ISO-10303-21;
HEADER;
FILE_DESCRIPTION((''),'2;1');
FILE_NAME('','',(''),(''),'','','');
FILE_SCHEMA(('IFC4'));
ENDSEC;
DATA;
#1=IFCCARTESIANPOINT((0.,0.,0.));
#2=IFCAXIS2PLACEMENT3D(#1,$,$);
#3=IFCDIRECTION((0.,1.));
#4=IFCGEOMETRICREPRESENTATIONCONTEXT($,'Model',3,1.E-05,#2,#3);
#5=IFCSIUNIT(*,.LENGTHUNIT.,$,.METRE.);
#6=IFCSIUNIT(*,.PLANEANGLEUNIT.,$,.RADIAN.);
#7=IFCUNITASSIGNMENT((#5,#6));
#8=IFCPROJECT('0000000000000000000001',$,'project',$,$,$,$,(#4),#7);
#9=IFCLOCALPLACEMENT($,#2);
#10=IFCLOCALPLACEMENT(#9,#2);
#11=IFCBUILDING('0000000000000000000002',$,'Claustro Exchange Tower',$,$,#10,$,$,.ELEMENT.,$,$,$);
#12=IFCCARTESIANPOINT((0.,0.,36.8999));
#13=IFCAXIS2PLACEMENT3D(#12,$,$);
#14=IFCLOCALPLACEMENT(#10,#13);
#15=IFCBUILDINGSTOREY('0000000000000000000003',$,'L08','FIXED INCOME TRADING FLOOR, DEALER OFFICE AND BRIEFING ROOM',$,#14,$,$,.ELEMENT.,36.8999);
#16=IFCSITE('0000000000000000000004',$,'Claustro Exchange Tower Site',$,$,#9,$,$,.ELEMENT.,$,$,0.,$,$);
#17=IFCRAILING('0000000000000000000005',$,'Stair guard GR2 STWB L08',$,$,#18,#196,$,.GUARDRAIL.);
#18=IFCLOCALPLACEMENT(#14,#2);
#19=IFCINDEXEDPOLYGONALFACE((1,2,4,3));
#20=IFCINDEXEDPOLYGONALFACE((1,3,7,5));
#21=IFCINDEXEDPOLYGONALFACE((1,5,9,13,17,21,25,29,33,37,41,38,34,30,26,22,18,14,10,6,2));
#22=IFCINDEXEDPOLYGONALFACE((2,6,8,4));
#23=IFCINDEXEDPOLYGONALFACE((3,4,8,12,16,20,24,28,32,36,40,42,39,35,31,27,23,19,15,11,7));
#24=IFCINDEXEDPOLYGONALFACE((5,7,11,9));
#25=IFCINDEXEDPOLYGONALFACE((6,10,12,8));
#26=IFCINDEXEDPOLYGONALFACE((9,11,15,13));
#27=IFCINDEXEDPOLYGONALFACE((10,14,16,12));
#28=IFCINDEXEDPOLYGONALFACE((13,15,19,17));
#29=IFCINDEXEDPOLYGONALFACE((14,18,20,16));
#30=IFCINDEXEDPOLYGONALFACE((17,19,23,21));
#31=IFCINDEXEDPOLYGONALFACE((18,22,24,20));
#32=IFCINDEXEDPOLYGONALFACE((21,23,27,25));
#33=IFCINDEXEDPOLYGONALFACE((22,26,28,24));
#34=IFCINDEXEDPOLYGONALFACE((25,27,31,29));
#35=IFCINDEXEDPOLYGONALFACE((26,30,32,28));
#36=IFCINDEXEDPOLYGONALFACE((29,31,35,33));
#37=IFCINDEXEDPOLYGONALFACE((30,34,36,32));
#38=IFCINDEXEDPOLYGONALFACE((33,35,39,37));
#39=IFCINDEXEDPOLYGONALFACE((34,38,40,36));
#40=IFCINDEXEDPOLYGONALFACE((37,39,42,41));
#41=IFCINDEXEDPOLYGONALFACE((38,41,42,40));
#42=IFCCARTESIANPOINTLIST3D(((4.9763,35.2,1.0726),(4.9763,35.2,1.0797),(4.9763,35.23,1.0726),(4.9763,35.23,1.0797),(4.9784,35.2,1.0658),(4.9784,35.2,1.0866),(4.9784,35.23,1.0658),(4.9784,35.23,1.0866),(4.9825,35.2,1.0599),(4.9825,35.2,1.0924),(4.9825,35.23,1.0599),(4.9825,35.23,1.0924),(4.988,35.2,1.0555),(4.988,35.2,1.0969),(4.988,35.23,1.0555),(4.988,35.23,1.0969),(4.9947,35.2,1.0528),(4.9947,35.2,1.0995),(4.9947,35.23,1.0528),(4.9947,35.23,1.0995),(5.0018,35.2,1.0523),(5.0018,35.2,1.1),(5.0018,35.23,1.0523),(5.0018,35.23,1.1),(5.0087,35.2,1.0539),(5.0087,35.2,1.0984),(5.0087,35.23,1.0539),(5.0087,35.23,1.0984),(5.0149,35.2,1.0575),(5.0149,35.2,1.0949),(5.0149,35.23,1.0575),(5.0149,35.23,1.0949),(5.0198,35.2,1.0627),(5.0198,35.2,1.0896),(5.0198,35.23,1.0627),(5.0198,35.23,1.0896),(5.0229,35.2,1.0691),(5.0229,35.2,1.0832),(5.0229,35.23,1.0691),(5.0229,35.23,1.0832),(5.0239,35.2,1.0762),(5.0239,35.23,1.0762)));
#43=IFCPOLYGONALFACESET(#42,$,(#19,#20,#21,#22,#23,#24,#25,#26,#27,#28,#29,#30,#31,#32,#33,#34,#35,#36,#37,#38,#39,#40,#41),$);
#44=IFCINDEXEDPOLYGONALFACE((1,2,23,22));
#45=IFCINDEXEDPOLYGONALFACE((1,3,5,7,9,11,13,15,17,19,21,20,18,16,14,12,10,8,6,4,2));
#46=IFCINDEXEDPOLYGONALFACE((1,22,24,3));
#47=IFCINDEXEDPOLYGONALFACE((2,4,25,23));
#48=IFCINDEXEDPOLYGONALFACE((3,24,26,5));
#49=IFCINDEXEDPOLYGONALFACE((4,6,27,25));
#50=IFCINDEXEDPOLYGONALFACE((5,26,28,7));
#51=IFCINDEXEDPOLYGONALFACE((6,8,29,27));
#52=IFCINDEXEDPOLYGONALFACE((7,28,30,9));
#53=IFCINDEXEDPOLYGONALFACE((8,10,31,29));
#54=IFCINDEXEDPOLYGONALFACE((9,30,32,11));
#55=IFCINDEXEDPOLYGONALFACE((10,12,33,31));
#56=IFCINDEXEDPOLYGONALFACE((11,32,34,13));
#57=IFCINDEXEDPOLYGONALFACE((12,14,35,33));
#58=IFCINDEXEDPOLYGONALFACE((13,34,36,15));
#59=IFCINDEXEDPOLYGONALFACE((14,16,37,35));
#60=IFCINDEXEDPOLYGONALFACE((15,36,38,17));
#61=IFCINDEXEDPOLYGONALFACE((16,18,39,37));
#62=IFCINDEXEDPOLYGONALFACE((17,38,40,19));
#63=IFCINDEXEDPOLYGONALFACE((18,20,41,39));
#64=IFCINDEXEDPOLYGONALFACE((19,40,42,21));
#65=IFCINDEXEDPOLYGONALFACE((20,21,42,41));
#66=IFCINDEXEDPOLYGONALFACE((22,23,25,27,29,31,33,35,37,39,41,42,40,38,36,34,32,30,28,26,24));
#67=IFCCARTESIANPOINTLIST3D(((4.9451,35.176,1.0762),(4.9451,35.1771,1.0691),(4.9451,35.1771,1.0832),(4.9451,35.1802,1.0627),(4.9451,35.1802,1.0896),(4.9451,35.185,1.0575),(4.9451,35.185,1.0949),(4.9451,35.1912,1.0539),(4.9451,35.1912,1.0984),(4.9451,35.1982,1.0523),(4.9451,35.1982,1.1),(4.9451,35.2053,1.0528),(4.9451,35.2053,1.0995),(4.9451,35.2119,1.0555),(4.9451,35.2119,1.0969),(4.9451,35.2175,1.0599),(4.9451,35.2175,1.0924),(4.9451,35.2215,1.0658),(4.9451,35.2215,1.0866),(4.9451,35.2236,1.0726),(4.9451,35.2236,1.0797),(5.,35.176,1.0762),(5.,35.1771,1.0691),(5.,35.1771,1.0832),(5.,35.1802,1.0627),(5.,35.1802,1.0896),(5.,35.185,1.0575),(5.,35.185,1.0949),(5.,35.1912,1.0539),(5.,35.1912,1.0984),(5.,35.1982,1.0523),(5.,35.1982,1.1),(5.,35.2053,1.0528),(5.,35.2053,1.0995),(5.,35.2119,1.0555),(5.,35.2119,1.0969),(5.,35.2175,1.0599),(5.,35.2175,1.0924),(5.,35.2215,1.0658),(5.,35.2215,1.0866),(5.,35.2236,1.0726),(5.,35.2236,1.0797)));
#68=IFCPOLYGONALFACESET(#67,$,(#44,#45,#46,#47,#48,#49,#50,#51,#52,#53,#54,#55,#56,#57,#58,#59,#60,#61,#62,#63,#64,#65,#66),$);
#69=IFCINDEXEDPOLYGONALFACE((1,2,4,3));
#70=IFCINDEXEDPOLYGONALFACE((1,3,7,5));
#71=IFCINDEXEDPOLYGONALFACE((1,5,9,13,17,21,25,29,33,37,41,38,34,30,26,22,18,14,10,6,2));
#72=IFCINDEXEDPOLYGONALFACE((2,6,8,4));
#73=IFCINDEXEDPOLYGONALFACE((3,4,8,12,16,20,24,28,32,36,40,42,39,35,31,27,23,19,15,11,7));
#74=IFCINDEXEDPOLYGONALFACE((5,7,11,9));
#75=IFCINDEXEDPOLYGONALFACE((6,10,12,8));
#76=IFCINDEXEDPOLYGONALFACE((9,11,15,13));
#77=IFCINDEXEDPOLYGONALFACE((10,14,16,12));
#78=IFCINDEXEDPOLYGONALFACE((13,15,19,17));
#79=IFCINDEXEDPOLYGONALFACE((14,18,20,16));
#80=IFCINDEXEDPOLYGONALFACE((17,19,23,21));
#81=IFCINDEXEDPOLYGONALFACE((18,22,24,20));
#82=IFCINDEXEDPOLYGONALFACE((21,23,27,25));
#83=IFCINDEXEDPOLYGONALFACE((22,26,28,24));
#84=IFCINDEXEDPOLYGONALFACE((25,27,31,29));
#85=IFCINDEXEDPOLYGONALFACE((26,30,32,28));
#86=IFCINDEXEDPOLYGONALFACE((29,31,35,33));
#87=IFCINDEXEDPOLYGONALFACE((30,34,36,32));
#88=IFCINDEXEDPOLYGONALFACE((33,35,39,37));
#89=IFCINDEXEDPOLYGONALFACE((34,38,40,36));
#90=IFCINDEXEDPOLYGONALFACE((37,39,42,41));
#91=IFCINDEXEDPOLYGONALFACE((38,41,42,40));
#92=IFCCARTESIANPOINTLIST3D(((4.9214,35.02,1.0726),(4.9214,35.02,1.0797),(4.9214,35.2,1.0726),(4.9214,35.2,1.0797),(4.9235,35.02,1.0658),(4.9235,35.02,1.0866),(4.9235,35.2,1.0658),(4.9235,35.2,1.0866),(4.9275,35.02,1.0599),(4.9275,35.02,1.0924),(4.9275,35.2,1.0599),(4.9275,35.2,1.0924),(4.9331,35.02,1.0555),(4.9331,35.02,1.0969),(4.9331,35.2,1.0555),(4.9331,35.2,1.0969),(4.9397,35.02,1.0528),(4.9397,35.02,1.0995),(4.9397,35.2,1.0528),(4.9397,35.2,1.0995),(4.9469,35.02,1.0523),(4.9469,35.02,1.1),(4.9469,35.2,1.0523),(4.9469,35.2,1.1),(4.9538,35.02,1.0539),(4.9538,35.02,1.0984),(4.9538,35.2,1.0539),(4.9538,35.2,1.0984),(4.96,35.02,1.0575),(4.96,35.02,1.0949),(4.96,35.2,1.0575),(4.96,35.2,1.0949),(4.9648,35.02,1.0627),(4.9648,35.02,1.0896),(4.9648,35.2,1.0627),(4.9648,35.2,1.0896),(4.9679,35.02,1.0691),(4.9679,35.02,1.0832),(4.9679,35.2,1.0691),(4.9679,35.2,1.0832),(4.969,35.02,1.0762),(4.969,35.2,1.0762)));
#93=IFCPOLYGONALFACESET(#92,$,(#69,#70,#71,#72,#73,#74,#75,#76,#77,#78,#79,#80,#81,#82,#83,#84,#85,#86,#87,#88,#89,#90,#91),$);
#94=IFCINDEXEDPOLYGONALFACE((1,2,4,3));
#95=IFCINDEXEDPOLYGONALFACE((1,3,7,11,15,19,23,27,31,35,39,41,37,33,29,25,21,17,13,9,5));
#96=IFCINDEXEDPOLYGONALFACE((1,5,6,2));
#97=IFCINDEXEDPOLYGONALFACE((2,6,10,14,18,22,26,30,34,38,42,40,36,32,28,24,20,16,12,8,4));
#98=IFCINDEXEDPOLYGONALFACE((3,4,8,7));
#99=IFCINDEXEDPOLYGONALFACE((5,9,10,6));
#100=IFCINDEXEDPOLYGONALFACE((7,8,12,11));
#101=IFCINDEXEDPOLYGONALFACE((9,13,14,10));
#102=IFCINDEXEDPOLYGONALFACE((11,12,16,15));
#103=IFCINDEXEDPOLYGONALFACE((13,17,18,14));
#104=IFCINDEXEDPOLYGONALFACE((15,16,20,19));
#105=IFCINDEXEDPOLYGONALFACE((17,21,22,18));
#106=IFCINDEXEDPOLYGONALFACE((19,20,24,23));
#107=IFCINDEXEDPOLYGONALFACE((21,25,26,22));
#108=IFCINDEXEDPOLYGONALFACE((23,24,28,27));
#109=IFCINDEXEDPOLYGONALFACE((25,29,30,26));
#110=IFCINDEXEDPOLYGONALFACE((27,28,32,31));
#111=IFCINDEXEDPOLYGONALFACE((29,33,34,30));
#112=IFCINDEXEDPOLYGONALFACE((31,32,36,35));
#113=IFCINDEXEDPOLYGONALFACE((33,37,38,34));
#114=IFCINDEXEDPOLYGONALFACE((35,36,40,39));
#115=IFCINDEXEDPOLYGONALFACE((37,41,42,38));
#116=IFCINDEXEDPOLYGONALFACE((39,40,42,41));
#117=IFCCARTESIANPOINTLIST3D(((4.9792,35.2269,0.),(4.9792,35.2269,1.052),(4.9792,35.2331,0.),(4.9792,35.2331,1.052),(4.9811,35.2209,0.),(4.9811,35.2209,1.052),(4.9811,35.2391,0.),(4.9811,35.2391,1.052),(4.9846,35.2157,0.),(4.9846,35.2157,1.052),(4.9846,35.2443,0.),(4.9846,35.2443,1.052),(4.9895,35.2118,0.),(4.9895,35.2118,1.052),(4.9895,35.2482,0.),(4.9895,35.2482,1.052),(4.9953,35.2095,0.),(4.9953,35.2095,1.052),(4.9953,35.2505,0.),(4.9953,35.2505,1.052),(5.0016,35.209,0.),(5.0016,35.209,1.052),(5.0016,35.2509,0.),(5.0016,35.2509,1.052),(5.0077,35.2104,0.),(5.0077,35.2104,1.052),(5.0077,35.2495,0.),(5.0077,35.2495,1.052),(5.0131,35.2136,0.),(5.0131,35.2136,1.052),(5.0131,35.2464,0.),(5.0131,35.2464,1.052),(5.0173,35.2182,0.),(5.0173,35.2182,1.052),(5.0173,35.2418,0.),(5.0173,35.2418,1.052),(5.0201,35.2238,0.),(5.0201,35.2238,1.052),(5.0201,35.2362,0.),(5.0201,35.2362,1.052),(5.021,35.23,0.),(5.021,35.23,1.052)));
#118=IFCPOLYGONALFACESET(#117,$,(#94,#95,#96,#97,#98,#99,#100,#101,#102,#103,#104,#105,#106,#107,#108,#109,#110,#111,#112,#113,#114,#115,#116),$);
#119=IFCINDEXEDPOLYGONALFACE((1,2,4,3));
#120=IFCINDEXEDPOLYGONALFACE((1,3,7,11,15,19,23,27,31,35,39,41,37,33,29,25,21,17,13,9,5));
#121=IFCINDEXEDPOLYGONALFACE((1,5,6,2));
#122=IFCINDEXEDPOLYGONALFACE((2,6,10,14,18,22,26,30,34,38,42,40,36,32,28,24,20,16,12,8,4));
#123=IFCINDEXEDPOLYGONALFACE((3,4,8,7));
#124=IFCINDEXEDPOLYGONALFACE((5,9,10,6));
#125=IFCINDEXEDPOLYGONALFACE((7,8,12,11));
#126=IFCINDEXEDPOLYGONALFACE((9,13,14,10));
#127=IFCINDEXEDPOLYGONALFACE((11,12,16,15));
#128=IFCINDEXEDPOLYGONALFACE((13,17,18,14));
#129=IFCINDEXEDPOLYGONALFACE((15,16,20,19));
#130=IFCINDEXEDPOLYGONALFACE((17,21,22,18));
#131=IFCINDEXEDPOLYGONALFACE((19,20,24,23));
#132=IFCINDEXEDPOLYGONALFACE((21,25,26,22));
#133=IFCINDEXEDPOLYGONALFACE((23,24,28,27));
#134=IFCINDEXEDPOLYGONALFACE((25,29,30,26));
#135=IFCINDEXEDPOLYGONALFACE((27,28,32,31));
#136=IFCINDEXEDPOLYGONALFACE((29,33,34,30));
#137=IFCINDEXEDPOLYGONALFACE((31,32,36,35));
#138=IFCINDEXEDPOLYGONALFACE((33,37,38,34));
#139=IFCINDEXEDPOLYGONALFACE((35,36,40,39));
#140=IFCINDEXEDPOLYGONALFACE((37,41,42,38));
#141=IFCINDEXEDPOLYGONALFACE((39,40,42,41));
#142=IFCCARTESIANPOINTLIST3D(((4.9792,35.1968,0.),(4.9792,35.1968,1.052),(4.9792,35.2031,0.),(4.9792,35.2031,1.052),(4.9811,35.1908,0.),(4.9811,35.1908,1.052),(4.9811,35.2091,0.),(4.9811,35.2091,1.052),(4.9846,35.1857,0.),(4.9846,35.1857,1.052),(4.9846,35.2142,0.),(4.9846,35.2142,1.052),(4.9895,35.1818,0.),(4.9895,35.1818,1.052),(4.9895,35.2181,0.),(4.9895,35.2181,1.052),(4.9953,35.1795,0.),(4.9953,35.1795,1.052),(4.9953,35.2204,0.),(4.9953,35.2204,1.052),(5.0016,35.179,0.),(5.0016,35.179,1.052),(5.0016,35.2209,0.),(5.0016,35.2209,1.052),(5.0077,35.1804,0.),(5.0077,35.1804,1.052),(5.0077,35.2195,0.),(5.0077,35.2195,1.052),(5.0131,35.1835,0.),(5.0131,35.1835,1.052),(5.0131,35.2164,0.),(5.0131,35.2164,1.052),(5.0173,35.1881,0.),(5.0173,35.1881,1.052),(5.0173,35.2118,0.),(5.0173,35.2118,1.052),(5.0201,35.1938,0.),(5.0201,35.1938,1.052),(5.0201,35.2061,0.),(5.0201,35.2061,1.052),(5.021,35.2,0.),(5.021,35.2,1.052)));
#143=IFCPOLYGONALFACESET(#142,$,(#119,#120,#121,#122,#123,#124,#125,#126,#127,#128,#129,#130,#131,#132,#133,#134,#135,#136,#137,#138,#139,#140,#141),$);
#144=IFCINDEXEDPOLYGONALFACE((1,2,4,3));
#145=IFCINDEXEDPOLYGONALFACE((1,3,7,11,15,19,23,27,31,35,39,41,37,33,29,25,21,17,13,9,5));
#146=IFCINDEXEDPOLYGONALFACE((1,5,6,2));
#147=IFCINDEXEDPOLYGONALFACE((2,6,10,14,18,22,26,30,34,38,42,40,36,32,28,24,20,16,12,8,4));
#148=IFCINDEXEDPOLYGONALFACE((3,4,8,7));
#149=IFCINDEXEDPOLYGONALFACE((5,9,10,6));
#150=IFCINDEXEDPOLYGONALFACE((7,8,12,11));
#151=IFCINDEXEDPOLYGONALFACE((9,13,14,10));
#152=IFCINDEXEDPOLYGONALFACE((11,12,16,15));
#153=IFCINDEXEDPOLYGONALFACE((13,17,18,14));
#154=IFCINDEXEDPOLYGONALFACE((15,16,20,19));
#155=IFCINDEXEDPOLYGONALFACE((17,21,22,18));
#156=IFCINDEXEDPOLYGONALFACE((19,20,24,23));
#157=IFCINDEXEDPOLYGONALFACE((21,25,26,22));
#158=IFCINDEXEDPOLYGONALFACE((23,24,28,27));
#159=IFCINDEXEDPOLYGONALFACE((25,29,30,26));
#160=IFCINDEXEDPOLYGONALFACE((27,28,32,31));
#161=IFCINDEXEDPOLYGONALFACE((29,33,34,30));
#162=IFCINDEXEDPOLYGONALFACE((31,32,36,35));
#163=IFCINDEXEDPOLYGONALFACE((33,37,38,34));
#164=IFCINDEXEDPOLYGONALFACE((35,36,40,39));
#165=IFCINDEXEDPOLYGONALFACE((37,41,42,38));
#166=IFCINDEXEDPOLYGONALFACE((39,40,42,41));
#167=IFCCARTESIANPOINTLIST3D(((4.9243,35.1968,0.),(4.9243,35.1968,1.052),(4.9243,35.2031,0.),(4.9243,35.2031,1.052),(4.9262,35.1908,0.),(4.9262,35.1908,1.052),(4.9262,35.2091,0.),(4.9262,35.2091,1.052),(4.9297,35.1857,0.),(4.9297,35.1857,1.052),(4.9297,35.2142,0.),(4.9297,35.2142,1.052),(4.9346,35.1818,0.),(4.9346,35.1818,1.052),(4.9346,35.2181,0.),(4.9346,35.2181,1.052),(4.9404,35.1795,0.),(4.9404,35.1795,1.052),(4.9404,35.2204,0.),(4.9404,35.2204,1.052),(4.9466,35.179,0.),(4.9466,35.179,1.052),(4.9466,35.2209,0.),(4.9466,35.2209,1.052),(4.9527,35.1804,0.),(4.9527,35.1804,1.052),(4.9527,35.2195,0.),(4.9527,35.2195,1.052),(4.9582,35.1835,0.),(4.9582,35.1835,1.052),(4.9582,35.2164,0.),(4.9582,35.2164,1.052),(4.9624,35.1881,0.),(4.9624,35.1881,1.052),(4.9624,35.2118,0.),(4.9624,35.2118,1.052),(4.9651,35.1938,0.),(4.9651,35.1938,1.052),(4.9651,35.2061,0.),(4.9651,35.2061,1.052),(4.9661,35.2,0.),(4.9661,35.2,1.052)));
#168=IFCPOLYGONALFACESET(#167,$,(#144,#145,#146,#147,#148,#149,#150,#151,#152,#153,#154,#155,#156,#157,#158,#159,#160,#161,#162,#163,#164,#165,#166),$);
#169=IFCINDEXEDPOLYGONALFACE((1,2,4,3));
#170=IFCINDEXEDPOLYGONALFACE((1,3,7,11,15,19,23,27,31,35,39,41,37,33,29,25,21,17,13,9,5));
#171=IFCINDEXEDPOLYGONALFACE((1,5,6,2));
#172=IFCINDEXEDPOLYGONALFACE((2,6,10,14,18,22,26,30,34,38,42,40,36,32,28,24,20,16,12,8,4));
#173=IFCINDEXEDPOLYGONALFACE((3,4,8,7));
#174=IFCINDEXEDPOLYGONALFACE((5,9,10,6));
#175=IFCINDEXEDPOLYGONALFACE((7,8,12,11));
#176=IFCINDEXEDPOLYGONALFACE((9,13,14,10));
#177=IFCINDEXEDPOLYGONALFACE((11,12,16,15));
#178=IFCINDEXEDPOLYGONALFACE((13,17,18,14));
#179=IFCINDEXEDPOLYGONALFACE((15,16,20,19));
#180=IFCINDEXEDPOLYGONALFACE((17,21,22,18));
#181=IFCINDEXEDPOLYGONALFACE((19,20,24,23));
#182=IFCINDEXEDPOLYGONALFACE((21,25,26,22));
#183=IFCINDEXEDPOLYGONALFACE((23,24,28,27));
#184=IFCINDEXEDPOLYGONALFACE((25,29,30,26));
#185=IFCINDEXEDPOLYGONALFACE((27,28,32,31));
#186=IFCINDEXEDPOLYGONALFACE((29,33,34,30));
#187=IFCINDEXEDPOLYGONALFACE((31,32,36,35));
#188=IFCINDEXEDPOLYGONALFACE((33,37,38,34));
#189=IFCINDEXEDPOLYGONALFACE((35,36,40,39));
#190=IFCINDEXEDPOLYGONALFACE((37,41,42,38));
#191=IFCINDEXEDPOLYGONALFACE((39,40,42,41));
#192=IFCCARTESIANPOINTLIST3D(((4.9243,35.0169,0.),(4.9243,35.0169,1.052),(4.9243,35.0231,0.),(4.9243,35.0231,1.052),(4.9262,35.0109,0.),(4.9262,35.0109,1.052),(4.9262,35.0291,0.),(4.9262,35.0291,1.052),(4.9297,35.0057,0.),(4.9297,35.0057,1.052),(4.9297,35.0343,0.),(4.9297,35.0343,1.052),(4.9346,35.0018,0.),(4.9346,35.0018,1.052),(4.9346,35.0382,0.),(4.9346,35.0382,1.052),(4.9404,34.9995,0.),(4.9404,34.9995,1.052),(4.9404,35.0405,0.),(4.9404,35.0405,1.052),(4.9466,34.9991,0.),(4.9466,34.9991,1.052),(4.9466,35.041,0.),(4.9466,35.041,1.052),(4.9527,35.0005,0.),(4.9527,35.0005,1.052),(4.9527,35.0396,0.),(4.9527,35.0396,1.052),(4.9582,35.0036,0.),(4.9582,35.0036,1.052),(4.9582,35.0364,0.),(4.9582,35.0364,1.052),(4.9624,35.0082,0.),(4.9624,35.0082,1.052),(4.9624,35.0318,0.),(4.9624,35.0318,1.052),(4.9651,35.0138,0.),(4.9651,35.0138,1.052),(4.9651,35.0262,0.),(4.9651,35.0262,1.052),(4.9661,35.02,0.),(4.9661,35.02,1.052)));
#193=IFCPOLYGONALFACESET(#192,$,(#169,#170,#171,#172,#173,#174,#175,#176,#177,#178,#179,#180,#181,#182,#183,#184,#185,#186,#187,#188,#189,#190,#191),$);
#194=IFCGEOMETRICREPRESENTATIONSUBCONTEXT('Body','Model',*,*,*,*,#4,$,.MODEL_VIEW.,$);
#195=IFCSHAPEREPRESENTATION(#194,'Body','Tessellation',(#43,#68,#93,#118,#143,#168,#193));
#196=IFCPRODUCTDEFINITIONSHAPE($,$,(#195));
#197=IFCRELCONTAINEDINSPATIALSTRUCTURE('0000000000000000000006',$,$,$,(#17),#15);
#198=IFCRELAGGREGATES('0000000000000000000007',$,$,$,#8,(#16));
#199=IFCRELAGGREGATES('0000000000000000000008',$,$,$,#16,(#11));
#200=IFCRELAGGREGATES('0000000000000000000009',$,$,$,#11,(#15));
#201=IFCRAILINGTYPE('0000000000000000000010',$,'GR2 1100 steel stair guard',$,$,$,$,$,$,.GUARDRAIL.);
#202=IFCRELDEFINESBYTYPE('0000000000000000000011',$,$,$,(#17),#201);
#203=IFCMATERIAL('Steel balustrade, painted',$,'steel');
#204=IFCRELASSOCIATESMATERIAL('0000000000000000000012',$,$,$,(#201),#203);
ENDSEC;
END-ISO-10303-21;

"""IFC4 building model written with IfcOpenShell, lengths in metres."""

from ifc_helpers import new_model, si_unit, direction, frame, origin, origin_2d, place, context, subcontext, project, spatial, circle, extrude, material, type_object, element, save


model = new_model("IFC4")

# Units and contexts
model_context = context("Model", 3, precision=1e-05, world=origin(), true_north=direction((0.0, 1.0)))
body_context = subcontext(model_context, "Body", "Model", "MODEL_VIEW")
ifc_project = project(units=[si_unit("LENGTHUNIT", "METRE"), si_unit("PLANEANGLEUNIT", "RADIAN")], contexts=[model_context])

# Site, building, storey
site_placement = place(None, origin())
site = spatial("IfcSite", under=ifc_project, at=site_placement, Name="Claustro Exchange Tower Site", CompositionType="ELEMENT", RefElevation=0.0)
building_placement = place(site_placement, origin())
building = spatial("IfcBuilding", under=site, at=building_placement, Name="Claustro Exchange Tower", CompositionType="ELEMENT")
storey_placement = place(building_placement, frame((0.0, 0.0, 36.8999)))
storey = spatial("IfcBuildingStorey", under=building, at=storey_placement, Name="L08", Description="FIXED INCOME TRADING FLOOR, DEALER OFFICE AND BRIEFING ROOM", CompositionType="ELEMENT", Elevation=36.8999)

# Railing
ifc_material_1 = material(Name="Steel balustrade, painted", Category="steel")
railing_type_1 = type_object("IfcRailingType", Name="GR2 1100 steel stair guard", PredefinedType="GUARDRAIL", material=ifc_material_1)
railing_1_placement = place(storey_placement, frame((5.0, 35.23, 0.0)))
element("IfcRailing", 1, at=railing_1_placement, inside=storey, type_object=railing_type_1, Name="Stair guard GR2 STWB L08", PredefinedType="GUARDRAIL", context=body_context, shape_type="SweptSolid", body=[
    extrude(circle(Radius=0.0239, at=origin_2d()), frame((0.0, 0.0, 1.0762), z_axis=(0.0, -1.0, 0.0), x_axis=(1.0, 0.0, 0.0)), (0.0, 0.0, 1.0), 0.03),
    extrude(circle(Radius=0.0239, at=origin_2d()), frame((0.0, -0.03, 1.0762), z_axis=(-1.0, 0.0, 0.0), x_axis=(0.0, -1.0, 0.0)), (0.0, 0.0, 1.0), 0.0549),
    extrude(circle(Radius=0.0239, at=origin_2d()), frame((-0.0549, -0.03, 1.0762), z_axis=(0.0, -1.0, 0.0), x_axis=(1.0, 0.0, 0.0)), (0.0, 0.0, 1.0), 0.1799),
    extrude(circle(Radius=0.021, at=origin_2d()), origin(), (0.0, 0.0, 1.0), 1.052),
    extrude(circle(Radius=0.021, at=origin_2d()), frame((0.0, -0.03, 0.0)), (0.0, 0.0, 1.0), 1.052),
    extrude(circle(Radius=0.021, at=origin_2d()), frame((-0.0549, -0.03, 0.0)), (0.0, 0.0, 1.0), 1.052),
    extrude(circle(Radius=0.021, at=origin_2d()), frame((-0.0549, -0.21, 0.0)), (0.0, 0.0, 1.0), 1.052),
])

save(model, "model.ifc")
